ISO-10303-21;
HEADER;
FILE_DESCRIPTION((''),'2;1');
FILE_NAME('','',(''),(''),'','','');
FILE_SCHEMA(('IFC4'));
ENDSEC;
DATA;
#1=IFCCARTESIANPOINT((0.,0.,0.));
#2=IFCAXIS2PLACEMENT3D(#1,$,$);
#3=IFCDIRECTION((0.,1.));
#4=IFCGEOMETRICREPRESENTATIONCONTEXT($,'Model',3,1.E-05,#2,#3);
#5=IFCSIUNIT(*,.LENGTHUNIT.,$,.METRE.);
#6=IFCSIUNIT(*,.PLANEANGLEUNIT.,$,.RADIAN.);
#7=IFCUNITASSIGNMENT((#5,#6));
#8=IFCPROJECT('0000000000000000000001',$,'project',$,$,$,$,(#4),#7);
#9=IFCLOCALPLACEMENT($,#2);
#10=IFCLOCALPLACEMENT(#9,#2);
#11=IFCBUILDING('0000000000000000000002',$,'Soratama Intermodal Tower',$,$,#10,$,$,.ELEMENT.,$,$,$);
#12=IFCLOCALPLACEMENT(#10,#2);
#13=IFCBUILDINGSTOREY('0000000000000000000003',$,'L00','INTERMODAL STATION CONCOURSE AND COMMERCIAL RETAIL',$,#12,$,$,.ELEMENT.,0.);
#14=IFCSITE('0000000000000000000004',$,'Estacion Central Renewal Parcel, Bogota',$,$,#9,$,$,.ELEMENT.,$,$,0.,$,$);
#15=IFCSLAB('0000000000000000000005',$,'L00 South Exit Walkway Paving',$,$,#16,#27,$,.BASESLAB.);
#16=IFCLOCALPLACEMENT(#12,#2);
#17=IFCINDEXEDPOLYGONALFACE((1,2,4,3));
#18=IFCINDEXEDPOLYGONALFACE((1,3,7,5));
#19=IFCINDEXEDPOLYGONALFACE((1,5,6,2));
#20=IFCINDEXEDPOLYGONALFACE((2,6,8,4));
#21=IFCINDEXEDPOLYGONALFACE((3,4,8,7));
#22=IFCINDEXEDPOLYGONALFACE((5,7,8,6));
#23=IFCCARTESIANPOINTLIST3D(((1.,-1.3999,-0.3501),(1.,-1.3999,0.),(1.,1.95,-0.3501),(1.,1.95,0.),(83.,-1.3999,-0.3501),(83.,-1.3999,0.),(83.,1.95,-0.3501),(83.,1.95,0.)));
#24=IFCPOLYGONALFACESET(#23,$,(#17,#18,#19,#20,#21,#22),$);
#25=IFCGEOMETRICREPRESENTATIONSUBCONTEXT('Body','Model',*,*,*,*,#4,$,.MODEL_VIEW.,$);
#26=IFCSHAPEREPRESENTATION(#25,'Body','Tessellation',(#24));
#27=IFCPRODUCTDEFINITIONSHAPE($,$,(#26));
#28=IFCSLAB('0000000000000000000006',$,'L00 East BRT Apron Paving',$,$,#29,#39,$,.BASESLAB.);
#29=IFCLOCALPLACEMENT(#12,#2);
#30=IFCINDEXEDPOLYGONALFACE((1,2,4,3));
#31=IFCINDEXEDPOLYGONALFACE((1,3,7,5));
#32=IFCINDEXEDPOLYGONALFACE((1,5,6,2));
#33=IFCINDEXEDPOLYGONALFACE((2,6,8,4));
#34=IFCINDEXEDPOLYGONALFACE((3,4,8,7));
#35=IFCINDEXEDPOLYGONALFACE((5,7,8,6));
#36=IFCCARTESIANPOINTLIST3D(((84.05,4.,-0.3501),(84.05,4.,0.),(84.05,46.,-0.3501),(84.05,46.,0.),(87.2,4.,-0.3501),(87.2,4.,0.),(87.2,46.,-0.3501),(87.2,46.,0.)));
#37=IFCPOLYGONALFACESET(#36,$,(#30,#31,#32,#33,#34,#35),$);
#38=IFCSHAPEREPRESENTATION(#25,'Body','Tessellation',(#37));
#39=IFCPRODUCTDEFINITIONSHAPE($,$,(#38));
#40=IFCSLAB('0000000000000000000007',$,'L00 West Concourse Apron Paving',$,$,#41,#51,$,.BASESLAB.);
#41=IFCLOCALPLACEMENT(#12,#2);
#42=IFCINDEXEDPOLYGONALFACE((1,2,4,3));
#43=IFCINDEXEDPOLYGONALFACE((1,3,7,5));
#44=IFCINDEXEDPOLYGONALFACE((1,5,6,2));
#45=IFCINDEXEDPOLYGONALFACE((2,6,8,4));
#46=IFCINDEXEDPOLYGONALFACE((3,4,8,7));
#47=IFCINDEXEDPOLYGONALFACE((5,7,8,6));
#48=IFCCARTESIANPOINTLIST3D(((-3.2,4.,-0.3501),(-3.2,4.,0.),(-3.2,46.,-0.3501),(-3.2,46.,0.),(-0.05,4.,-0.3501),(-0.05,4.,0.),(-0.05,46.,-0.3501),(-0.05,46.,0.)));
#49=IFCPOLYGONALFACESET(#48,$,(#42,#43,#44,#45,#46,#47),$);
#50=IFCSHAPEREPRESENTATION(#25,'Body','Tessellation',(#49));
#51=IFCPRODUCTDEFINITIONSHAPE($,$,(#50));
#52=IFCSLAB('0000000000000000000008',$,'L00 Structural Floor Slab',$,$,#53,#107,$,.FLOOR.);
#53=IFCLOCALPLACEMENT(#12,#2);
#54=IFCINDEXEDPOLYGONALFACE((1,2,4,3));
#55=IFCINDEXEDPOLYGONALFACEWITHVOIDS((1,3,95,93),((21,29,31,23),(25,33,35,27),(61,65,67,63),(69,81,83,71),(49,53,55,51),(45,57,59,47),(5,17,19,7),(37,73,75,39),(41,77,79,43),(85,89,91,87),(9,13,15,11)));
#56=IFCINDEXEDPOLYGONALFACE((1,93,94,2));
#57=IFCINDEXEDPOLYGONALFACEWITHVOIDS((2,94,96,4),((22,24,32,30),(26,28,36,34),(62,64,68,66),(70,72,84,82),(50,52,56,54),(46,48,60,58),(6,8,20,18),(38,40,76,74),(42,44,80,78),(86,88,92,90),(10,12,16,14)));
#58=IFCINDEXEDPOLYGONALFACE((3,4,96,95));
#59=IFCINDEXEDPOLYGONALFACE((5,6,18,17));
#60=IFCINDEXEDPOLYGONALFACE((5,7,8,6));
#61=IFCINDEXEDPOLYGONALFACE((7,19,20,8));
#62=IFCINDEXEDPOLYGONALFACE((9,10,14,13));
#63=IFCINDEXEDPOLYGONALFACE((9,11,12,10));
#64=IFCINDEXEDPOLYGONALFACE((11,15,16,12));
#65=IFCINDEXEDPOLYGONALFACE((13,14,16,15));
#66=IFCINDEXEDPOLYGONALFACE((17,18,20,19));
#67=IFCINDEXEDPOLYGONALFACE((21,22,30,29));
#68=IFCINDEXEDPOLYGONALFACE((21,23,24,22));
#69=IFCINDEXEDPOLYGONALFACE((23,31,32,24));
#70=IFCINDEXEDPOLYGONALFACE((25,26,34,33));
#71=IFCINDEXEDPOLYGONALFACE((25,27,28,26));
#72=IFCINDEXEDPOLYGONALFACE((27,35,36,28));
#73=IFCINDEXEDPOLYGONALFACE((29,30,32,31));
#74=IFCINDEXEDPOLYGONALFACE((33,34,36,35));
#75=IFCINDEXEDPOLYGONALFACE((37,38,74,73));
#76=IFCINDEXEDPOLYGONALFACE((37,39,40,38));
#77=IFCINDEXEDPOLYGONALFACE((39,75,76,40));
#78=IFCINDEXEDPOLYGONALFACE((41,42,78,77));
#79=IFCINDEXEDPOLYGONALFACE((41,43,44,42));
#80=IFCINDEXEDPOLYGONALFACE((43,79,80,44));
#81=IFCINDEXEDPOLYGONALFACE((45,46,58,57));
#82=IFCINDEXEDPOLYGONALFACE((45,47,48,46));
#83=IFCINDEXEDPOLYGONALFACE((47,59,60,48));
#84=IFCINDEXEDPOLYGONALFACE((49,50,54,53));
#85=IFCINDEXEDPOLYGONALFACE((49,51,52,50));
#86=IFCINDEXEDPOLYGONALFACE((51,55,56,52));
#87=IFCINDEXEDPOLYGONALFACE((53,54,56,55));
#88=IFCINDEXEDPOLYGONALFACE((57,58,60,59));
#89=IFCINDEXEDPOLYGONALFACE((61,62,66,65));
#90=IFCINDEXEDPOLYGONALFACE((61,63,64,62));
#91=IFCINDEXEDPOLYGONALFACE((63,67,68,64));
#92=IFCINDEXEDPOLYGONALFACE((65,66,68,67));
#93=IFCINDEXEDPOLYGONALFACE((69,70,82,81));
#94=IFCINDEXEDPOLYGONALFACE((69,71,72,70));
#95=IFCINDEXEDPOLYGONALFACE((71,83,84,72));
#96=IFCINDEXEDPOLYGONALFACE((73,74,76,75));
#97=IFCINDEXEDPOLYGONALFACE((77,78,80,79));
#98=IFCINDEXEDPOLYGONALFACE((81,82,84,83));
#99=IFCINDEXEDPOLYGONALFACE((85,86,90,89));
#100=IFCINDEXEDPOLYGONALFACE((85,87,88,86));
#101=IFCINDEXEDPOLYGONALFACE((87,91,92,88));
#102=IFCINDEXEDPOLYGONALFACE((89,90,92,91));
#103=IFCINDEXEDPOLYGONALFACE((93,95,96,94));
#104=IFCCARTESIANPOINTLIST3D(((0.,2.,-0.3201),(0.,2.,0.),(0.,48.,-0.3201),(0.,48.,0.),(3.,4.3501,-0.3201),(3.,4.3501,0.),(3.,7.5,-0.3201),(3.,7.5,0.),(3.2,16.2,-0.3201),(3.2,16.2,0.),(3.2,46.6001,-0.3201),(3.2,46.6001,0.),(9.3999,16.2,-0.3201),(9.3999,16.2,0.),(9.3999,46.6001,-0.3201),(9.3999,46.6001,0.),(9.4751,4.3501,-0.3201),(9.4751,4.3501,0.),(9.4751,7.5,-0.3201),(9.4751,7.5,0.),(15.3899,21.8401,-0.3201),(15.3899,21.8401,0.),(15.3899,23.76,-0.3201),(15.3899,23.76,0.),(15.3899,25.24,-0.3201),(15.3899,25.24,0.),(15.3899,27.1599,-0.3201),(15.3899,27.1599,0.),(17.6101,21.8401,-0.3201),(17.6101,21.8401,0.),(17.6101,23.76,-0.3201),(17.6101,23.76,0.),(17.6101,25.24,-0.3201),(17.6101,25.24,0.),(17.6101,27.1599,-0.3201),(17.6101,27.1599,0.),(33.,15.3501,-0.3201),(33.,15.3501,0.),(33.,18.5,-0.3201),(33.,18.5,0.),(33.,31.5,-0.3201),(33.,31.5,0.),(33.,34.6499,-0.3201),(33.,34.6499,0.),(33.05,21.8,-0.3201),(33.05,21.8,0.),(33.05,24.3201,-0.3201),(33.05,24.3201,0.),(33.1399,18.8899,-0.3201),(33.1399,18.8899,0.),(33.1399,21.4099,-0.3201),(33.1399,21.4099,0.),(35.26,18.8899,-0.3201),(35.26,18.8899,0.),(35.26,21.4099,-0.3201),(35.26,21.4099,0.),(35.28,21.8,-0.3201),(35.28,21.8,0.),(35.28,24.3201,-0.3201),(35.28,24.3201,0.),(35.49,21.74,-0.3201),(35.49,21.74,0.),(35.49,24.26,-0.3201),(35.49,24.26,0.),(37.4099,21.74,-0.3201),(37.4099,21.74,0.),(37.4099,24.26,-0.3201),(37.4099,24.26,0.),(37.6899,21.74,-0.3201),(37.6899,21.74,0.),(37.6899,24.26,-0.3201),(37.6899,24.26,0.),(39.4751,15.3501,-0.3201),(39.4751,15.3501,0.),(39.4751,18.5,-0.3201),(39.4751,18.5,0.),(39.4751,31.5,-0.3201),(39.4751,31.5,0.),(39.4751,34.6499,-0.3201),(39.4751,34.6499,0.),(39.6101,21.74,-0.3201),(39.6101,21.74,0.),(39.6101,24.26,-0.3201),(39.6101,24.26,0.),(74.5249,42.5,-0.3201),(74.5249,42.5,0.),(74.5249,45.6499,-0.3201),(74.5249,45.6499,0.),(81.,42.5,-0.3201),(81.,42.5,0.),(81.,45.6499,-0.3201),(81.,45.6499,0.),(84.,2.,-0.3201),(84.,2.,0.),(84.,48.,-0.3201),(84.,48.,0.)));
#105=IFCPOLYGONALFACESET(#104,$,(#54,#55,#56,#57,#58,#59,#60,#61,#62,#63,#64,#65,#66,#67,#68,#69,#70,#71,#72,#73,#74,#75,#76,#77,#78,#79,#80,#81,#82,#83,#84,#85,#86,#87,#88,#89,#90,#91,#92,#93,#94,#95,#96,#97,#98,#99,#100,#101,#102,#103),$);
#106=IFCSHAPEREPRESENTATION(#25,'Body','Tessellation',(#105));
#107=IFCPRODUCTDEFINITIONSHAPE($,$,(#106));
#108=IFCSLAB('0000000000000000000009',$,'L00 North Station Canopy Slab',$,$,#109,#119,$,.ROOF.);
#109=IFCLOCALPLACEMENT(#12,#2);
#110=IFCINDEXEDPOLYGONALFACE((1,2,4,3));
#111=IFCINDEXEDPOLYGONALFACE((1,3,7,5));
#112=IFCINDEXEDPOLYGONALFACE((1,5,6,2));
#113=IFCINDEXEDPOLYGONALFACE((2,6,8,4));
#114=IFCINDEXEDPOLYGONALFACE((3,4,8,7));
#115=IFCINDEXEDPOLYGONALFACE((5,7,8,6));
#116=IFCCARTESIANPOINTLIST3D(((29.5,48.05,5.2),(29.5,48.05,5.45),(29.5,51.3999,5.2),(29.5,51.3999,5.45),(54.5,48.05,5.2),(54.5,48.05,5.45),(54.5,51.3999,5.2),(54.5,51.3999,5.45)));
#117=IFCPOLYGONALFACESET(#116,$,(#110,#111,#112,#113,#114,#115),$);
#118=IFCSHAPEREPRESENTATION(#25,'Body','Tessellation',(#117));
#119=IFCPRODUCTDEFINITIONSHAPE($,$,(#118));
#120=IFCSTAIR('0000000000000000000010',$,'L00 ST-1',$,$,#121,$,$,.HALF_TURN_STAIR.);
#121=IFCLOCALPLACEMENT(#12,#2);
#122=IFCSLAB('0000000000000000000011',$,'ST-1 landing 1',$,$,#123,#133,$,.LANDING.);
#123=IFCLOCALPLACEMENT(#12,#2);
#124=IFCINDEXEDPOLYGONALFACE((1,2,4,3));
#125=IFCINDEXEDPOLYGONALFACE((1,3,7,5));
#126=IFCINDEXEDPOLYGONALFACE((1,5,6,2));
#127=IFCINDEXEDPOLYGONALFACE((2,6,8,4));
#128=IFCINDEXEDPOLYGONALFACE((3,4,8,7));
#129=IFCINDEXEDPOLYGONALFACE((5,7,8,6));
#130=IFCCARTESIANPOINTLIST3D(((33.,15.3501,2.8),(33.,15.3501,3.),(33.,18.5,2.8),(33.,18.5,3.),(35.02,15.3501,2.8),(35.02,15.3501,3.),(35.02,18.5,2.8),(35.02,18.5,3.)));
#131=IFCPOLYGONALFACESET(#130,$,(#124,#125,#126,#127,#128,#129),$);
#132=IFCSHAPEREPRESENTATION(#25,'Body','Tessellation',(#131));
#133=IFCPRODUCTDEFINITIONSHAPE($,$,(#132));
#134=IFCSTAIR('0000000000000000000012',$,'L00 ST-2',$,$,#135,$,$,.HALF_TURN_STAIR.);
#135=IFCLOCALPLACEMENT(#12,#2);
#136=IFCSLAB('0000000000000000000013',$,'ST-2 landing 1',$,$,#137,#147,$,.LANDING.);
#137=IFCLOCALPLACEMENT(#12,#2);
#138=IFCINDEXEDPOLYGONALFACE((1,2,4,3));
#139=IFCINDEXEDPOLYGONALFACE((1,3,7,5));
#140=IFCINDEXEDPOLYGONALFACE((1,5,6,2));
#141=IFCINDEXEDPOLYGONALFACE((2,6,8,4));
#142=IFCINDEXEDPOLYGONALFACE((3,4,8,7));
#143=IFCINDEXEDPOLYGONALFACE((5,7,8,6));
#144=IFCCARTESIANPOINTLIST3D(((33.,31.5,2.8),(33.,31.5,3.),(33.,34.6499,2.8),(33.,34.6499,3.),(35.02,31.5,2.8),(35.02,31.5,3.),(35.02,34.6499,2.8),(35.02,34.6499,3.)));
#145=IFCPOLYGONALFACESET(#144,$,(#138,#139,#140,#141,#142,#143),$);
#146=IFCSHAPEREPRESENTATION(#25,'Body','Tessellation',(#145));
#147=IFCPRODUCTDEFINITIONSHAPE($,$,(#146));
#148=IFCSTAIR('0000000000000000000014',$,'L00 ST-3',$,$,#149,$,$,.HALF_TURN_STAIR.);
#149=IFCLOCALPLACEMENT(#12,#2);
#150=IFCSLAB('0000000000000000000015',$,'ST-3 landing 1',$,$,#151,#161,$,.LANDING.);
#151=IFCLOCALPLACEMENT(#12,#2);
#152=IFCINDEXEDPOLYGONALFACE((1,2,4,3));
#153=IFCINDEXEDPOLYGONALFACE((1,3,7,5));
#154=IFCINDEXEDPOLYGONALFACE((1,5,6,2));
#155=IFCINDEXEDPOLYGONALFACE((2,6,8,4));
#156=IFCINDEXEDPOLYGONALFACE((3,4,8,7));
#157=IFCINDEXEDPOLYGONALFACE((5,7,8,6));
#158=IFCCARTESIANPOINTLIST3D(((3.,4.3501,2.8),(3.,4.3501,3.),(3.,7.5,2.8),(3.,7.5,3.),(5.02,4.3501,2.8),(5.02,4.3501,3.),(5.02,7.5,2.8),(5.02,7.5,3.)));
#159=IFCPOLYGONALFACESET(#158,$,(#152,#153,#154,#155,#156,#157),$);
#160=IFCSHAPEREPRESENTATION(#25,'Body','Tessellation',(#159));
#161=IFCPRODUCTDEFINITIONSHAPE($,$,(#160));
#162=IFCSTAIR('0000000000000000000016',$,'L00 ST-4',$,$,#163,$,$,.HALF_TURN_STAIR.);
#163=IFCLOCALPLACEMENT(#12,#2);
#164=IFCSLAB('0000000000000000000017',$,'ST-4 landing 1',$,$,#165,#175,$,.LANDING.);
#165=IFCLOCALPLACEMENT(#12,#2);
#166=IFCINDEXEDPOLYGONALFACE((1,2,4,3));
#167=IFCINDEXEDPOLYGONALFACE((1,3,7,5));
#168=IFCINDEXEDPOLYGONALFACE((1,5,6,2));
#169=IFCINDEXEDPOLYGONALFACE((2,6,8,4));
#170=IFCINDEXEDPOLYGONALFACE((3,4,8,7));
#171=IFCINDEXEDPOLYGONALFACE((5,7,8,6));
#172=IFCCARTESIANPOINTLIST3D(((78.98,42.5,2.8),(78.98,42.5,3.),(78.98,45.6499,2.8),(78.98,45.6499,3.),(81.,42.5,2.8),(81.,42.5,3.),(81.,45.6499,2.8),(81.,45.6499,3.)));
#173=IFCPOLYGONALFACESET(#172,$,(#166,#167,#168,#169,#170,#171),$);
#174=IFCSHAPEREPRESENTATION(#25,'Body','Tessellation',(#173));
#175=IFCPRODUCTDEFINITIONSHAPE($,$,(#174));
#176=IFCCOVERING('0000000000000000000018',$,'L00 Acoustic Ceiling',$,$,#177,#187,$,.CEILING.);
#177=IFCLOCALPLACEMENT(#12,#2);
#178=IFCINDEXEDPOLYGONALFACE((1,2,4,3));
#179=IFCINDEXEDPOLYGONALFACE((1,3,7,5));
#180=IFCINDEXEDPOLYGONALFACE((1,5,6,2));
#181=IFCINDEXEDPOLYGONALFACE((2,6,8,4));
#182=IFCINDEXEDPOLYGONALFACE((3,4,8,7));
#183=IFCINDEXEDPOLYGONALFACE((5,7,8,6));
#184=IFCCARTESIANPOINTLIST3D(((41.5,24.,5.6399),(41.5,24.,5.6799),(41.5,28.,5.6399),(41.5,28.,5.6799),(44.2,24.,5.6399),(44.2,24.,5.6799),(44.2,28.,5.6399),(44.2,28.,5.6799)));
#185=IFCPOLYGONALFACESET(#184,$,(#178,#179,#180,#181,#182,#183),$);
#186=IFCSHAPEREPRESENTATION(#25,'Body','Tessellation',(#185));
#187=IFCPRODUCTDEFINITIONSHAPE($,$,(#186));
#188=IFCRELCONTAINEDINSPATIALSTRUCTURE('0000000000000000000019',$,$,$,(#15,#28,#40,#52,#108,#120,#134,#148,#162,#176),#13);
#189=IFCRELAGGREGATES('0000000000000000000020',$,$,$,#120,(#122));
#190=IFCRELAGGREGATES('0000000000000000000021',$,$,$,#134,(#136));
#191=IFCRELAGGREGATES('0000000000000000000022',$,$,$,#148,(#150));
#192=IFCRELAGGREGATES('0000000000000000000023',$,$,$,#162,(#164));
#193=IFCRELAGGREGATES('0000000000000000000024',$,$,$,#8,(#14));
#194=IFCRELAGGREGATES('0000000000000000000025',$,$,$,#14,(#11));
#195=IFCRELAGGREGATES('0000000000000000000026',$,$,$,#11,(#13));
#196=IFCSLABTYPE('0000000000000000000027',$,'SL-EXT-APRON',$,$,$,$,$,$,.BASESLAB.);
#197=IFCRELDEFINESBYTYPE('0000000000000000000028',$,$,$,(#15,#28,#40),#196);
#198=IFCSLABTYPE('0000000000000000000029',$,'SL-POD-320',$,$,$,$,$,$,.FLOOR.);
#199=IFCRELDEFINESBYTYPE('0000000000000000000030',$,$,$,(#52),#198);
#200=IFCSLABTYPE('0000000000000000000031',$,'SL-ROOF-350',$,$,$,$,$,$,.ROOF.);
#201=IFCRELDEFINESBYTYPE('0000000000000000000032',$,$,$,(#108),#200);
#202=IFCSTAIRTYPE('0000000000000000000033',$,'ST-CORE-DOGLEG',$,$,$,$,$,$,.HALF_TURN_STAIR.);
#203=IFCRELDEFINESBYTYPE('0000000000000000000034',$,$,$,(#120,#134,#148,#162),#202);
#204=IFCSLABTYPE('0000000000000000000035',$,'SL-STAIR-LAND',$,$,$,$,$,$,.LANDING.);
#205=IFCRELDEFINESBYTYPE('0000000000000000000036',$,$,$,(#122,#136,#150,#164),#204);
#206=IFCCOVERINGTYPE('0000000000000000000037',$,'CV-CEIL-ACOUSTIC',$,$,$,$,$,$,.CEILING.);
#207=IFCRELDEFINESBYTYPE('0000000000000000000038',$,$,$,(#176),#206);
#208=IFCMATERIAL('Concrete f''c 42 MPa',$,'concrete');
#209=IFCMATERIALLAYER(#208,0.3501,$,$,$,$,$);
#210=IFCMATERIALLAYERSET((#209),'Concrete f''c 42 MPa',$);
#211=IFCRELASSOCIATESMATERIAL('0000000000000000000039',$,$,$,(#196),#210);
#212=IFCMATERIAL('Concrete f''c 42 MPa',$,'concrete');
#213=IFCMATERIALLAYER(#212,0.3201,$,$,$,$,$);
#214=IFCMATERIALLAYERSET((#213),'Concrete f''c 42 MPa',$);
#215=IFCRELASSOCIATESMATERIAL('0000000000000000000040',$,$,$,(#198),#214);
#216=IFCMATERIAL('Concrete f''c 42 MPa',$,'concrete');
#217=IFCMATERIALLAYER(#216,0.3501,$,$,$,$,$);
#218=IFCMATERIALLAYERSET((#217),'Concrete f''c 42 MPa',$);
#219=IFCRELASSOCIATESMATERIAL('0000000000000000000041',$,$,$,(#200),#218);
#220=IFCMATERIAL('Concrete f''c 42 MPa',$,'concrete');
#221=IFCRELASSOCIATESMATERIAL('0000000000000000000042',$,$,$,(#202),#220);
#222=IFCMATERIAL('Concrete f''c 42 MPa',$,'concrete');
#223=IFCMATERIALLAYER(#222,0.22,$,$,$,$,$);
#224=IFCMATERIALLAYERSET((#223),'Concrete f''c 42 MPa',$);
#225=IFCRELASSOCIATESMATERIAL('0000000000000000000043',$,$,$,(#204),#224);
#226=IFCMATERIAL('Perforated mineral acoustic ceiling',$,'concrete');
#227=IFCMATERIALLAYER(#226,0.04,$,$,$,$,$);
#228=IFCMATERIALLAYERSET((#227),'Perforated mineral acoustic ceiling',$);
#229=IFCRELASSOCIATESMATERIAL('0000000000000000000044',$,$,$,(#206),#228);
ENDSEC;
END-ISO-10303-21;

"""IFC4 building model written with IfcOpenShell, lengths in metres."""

from ifc_helpers import new_model, si_unit, direction, frame, origin, place, context, subcontext, project, spatial, polyline, outline, extrude, material, layer, layer_set, type_object, element, aggregate, save


model = new_model("IFC4")

# Units and contexts
model_context = context("Model", 3, precision=1e-05, world=origin(), true_north=direction((0.0, 1.0)))
body_context = subcontext(model_context, "Body", "Model", "MODEL_VIEW")
ifc_project = project(units=[si_unit("LENGTHUNIT", "METRE"), si_unit("PLANEANGLEUNIT", "RADIAN")], contexts=[model_context])

# Site, building, storey
site_placement = place(None, origin())
site = spatial("IfcSite", under=ifc_project, at=site_placement, Name="Estacion Central Renewal Parcel, Bogota", CompositionType="ELEMENT", RefElevation=0.0)
building_placement = place(site_placement, origin())
building = spatial("IfcBuilding", under=site, at=building_placement, Name="Soratama Intermodal Tower", CompositionType="ELEMENT")
storey_placement = place(building_placement, origin())
storey = spatial("IfcBuildingStorey", under=building, at=storey_placement, Name="L00", Description="INTERMODAL STATION CONCOURSE AND COMMERCIAL RETAIL", CompositionType="ELEMENT", Elevation=0.0)

# Slabs
ifc_material_1 = material(Name="Concrete f'c 42 MPa", Category="concrete")
ifc_layer_1 = layer(ifc_material_1, 0.3501)
ifc_layer_set_1 = layer_set([ifc_layer_1], Name="Concrete f'c 42 MPa")
slab_type_1 = type_object("IfcSlabType", Name="SL-EXT-APRON", PredefinedType="BASESLAB", material=ifc_layer_set_1)
slab_1_placement = place(storey_placement, frame((0.0, 0.0, -0.3501)))
element("IfcSlab", 1, at=slab_1_placement, inside=storey, type_object=slab_type_1, Name="L00 South Exit Walkway Paving", PredefinedType="BASESLAB", context=body_context, shape_type="SweptSolid", body=[
    extrude(outline(polyline([(1.0, -1.3999), (83.0, -1.3999), (83.0, 1.95), (1.0, 1.95), (1.0, -1.3999)])), origin(), (0.0, 0.0, 1.0), 0.3501),
])
slab_2_placement = place(storey_placement, frame((0.0, 0.0, -0.3501)))
element("IfcSlab", 2, at=slab_2_placement, inside=storey, type_object=slab_type_1, Name="L00 East BRT Apron Paving", PredefinedType="BASESLAB", context=body_context, shape_type="SweptSolid", body=[
    extrude(outline(polyline([(84.05, 4.0), (87.2, 4.0), (87.2, 46.0), (84.05, 46.0), (84.05, 4.0)])), origin(), (0.0, 0.0, 1.0), 0.3501),
])
slab_3_placement = place(storey_placement, frame((0.0, 0.0, -0.3501)))
element("IfcSlab", 3, at=slab_3_placement, inside=storey, type_object=slab_type_1, Name="L00 West Concourse Apron Paving", PredefinedType="BASESLAB", context=body_context, shape_type="SweptSolid", body=[
    extrude(outline(polyline([(-3.2, 4.0), (-0.05, 4.0), (-0.05, 46.0), (-3.2, 46.0), (-3.2, 4.0)])), origin(), (0.0, 0.0, 1.0), 0.3501),
])
ifc_material_2 = material(Name="Concrete f'c 42 MPa", Category="concrete")
ifc_layer_2 = layer(ifc_material_2, 0.3201)
ifc_layer_set_2 = layer_set([ifc_layer_2], Name="Concrete f'c 42 MPa")
slab_type_2 = type_object("IfcSlabType", Name="SL-POD-320", PredefinedType="FLOOR", material=ifc_layer_set_2)
slab_4_placement = place(storey_placement, frame((0.0, 0.0, -0.3201)))
element("IfcSlab", 4, at=slab_4_placement, inside=storey, type_object=slab_type_2, Name="L00 Structural Floor Slab", PredefinedType="FLOOR", context=body_context, shape_type="SweptSolid", body=[
    extrude(outline(polyline([(0.0, 2.0), (84.0, 2.0), (84.0, 48.0), (0.0, 48.0), (0.0, 2.0)]), holes=[polyline([(3.0, 7.5), (3.0, 4.3501), (9.4751, 4.3501), (9.4751, 7.5), (3.0, 7.5)]), polyline([(35.26, 21.4099), (33.1399, 21.4099), (33.1399, 18.8899), (35.26, 18.8899), (35.26, 21.4099)]), polyline([(17.6101, 23.76), (15.3899, 23.76), (15.3899, 21.8401), (17.6101, 21.8401), (17.6101, 23.76)]), polyline([(33.05, 21.8), (35.28, 21.8), (35.28, 24.3201), (33.05, 24.3201), (33.05, 21.8)]), polyline([(17.6101, 25.24), (17.6101, 27.1599), (15.3899, 27.1599), (15.3899, 25.24), (17.6101, 25.24)]), polyline([(9.3999, 46.6001), (3.2, 46.6001), (3.2, 16.2), (9.3999, 16.2), (9.3999, 46.6001)]), polyline([(39.4751, 18.5), (33.0, 18.5), (33.0, 15.3501), (39.4751, 15.3501), (39.4751, 18.5)]), polyline([(37.4099, 21.74), (37.4099, 24.26), (35.49, 24.26), (35.49, 21.74), (37.4099, 21.74)]), polyline([(39.6101, 24.26), (37.6899, 24.26), (37.6899, 21.74), (39.6101, 21.74), (39.6101, 24.26)]), polyline([(39.4751, 34.6499), (33.0, 34.6499), (33.0, 31.5), (39.4751, 31.5), (39.4751, 34.6499)]), polyline([(74.5249, 42.5), (81.0, 42.5), (81.0, 45.6499), (74.5249, 45.6499), (74.5249, 42.5)])]), origin(), (0.0, 0.0, 1.0), 0.3201),
])
ifc_material_3 = material(Name="Concrete f'c 42 MPa", Category="concrete")
ifc_layer_3 = layer(ifc_material_3, 0.3501)
ifc_layer_set_3 = layer_set([ifc_layer_3], Name="Concrete f'c 42 MPa")
slab_type_3 = type_object("IfcSlabType", Name="SL-ROOF-350", PredefinedType="ROOF", material=ifc_layer_set_3)
slab_5_placement = place(storey_placement, frame((0.0, 0.0, 5.2)))
element("IfcSlab", 5, at=slab_5_placement, inside=storey, type_object=slab_type_3, Name="L00 North Station Canopy Slab", PredefinedType="ROOF", context=body_context, shape_type="SweptSolid", body=[
    extrude(outline(polyline([(29.5, 48.05), (54.5, 48.05), (54.5, 51.3999), (29.5, 51.3999), (29.5, 48.05)])), origin(), (0.0, 0.0, 1.0), 0.25),
])

# Stairs, slabs
ifc_material_4 = material(Name="Concrete f'c 42 MPa", Category="concrete")
stair_type = type_object("IfcStairType", Name="ST-CORE-DOGLEG", PredefinedType="HALF_TURN_STAIR", material=ifc_material_4)
stair_1_placement = place(storey_placement, origin())
stair_1 = element("IfcStair", 6, at=stair_1_placement, inside=storey, type_object=stair_type, Name="L00 ST-1", PredefinedType="HALF_TURN_STAIR")
ifc_material_5 = material(Name="Concrete f'c 42 MPa", Category="concrete")
ifc_layer_4 = layer(ifc_material_5, 0.22)
ifc_layer_set_4 = layer_set([ifc_layer_4], Name="Concrete f'c 42 MPa")
slab_type_4 = type_object("IfcSlabType", Name="SL-STAIR-LAND", PredefinedType="LANDING", material=ifc_layer_set_4)
slab_6_placement = place(storey_placement, frame((0.0, 0.0, 2.8)))
slab_6 = element("IfcSlab", 7, at=slab_6_placement, type_object=slab_type_4, Name="ST-1 landing 1", PredefinedType="LANDING", context=body_context, shape_type="SweptSolid", body=[
    extrude(outline(polyline([(35.02, 18.5), (33.0, 18.5), (33.0, 15.3501), (35.02, 15.3501), (35.02, 18.5)])), origin(), (0.0, 0.0, 1.0), 0.2),
])
aggregate(stair_1, [slab_6])
stair_2_placement = place(storey_placement, origin())
stair_2 = element("IfcStair", 8, at=stair_2_placement, inside=storey, type_object=stair_type, Name="L00 ST-2", PredefinedType="HALF_TURN_STAIR")
slab_7_placement = place(storey_placement, frame((0.0, 0.0, 2.8)))
slab_7 = element("IfcSlab", 9, at=slab_7_placement, type_object=slab_type_4, Name="ST-2 landing 1", PredefinedType="LANDING", context=body_context, shape_type="SweptSolid", body=[
    extrude(outline(polyline([(35.02, 34.6499), (33.0, 34.6499), (33.0, 31.5), (35.02, 31.5), (35.02, 34.6499)])), origin(), (0.0, 0.0, 1.0), 0.2),
])
aggregate(stair_2, [slab_7])
stair_3_placement = place(storey_placement, origin())
stair_3 = element("IfcStair", 10, at=stair_3_placement, inside=storey, type_object=stair_type, Name="L00 ST-3", PredefinedType="HALF_TURN_STAIR")
slab_8_placement = place(storey_placement, frame((0.0, 0.0, 2.8)))
slab_8 = element("IfcSlab", 11, at=slab_8_placement, type_object=slab_type_4, Name="ST-3 landing 1", PredefinedType="LANDING", context=body_context, shape_type="SweptSolid", body=[
    extrude(outline(polyline([(5.02, 7.5), (3.0, 7.5), (3.0, 4.3501), (5.02, 4.3501), (5.02, 7.5)])), origin(), (0.0, 0.0, 1.0), 0.2),
])
aggregate(stair_3, [slab_8])
stair_4_placement = place(storey_placement, origin())
stair_4 = element("IfcStair", 12, at=stair_4_placement, inside=storey, type_object=stair_type, Name="L00 ST-4", PredefinedType="HALF_TURN_STAIR")
slab_9_placement = place(storey_placement, frame((0.0, 0.0, 2.8)))
slab_9 = element("IfcSlab", 13, at=slab_9_placement, type_object=slab_type_4, Name="ST-4 landing 1", PredefinedType="LANDING", context=body_context, shape_type="SweptSolid", body=[
    extrude(outline(polyline([(78.98, 42.5), (81.0, 42.5), (81.0, 45.6499), (78.98, 45.6499), (78.98, 42.5)])), origin(), (0.0, 0.0, 1.0), 0.2),
])
aggregate(stair_4, [slab_9])

# Covering
ifc_material_6 = material(Name="Perforated mineral acoustic ceiling", Category="concrete")
ifc_layer_5 = layer(ifc_material_6, 0.04)
ifc_layer_set_5 = layer_set([ifc_layer_5], Name="Perforated mineral acoustic ceiling")
covering_type = type_object("IfcCoveringType", Name="CV-CEIL-ACOUSTIC", PredefinedType="CEILING", material=ifc_layer_set_5)
covering_placement = place(storey_placement, frame((0.0, 0.0, 5.6399)))
element("IfcCovering", 14, at=covering_placement, inside=storey, type_object=covering_type, Name="L00 Acoustic Ceiling", PredefinedType="CEILING", context=body_context, shape_type="SweptSolid", body=[
    extrude(outline(polyline([(41.5, 24.0), (44.2, 24.0), (44.2, 28.0), (41.5, 28.0), (41.5, 24.0)])), origin(), (0.0, 0.0, 1.0), 0.04),
])

save(model, "model.ifc")
